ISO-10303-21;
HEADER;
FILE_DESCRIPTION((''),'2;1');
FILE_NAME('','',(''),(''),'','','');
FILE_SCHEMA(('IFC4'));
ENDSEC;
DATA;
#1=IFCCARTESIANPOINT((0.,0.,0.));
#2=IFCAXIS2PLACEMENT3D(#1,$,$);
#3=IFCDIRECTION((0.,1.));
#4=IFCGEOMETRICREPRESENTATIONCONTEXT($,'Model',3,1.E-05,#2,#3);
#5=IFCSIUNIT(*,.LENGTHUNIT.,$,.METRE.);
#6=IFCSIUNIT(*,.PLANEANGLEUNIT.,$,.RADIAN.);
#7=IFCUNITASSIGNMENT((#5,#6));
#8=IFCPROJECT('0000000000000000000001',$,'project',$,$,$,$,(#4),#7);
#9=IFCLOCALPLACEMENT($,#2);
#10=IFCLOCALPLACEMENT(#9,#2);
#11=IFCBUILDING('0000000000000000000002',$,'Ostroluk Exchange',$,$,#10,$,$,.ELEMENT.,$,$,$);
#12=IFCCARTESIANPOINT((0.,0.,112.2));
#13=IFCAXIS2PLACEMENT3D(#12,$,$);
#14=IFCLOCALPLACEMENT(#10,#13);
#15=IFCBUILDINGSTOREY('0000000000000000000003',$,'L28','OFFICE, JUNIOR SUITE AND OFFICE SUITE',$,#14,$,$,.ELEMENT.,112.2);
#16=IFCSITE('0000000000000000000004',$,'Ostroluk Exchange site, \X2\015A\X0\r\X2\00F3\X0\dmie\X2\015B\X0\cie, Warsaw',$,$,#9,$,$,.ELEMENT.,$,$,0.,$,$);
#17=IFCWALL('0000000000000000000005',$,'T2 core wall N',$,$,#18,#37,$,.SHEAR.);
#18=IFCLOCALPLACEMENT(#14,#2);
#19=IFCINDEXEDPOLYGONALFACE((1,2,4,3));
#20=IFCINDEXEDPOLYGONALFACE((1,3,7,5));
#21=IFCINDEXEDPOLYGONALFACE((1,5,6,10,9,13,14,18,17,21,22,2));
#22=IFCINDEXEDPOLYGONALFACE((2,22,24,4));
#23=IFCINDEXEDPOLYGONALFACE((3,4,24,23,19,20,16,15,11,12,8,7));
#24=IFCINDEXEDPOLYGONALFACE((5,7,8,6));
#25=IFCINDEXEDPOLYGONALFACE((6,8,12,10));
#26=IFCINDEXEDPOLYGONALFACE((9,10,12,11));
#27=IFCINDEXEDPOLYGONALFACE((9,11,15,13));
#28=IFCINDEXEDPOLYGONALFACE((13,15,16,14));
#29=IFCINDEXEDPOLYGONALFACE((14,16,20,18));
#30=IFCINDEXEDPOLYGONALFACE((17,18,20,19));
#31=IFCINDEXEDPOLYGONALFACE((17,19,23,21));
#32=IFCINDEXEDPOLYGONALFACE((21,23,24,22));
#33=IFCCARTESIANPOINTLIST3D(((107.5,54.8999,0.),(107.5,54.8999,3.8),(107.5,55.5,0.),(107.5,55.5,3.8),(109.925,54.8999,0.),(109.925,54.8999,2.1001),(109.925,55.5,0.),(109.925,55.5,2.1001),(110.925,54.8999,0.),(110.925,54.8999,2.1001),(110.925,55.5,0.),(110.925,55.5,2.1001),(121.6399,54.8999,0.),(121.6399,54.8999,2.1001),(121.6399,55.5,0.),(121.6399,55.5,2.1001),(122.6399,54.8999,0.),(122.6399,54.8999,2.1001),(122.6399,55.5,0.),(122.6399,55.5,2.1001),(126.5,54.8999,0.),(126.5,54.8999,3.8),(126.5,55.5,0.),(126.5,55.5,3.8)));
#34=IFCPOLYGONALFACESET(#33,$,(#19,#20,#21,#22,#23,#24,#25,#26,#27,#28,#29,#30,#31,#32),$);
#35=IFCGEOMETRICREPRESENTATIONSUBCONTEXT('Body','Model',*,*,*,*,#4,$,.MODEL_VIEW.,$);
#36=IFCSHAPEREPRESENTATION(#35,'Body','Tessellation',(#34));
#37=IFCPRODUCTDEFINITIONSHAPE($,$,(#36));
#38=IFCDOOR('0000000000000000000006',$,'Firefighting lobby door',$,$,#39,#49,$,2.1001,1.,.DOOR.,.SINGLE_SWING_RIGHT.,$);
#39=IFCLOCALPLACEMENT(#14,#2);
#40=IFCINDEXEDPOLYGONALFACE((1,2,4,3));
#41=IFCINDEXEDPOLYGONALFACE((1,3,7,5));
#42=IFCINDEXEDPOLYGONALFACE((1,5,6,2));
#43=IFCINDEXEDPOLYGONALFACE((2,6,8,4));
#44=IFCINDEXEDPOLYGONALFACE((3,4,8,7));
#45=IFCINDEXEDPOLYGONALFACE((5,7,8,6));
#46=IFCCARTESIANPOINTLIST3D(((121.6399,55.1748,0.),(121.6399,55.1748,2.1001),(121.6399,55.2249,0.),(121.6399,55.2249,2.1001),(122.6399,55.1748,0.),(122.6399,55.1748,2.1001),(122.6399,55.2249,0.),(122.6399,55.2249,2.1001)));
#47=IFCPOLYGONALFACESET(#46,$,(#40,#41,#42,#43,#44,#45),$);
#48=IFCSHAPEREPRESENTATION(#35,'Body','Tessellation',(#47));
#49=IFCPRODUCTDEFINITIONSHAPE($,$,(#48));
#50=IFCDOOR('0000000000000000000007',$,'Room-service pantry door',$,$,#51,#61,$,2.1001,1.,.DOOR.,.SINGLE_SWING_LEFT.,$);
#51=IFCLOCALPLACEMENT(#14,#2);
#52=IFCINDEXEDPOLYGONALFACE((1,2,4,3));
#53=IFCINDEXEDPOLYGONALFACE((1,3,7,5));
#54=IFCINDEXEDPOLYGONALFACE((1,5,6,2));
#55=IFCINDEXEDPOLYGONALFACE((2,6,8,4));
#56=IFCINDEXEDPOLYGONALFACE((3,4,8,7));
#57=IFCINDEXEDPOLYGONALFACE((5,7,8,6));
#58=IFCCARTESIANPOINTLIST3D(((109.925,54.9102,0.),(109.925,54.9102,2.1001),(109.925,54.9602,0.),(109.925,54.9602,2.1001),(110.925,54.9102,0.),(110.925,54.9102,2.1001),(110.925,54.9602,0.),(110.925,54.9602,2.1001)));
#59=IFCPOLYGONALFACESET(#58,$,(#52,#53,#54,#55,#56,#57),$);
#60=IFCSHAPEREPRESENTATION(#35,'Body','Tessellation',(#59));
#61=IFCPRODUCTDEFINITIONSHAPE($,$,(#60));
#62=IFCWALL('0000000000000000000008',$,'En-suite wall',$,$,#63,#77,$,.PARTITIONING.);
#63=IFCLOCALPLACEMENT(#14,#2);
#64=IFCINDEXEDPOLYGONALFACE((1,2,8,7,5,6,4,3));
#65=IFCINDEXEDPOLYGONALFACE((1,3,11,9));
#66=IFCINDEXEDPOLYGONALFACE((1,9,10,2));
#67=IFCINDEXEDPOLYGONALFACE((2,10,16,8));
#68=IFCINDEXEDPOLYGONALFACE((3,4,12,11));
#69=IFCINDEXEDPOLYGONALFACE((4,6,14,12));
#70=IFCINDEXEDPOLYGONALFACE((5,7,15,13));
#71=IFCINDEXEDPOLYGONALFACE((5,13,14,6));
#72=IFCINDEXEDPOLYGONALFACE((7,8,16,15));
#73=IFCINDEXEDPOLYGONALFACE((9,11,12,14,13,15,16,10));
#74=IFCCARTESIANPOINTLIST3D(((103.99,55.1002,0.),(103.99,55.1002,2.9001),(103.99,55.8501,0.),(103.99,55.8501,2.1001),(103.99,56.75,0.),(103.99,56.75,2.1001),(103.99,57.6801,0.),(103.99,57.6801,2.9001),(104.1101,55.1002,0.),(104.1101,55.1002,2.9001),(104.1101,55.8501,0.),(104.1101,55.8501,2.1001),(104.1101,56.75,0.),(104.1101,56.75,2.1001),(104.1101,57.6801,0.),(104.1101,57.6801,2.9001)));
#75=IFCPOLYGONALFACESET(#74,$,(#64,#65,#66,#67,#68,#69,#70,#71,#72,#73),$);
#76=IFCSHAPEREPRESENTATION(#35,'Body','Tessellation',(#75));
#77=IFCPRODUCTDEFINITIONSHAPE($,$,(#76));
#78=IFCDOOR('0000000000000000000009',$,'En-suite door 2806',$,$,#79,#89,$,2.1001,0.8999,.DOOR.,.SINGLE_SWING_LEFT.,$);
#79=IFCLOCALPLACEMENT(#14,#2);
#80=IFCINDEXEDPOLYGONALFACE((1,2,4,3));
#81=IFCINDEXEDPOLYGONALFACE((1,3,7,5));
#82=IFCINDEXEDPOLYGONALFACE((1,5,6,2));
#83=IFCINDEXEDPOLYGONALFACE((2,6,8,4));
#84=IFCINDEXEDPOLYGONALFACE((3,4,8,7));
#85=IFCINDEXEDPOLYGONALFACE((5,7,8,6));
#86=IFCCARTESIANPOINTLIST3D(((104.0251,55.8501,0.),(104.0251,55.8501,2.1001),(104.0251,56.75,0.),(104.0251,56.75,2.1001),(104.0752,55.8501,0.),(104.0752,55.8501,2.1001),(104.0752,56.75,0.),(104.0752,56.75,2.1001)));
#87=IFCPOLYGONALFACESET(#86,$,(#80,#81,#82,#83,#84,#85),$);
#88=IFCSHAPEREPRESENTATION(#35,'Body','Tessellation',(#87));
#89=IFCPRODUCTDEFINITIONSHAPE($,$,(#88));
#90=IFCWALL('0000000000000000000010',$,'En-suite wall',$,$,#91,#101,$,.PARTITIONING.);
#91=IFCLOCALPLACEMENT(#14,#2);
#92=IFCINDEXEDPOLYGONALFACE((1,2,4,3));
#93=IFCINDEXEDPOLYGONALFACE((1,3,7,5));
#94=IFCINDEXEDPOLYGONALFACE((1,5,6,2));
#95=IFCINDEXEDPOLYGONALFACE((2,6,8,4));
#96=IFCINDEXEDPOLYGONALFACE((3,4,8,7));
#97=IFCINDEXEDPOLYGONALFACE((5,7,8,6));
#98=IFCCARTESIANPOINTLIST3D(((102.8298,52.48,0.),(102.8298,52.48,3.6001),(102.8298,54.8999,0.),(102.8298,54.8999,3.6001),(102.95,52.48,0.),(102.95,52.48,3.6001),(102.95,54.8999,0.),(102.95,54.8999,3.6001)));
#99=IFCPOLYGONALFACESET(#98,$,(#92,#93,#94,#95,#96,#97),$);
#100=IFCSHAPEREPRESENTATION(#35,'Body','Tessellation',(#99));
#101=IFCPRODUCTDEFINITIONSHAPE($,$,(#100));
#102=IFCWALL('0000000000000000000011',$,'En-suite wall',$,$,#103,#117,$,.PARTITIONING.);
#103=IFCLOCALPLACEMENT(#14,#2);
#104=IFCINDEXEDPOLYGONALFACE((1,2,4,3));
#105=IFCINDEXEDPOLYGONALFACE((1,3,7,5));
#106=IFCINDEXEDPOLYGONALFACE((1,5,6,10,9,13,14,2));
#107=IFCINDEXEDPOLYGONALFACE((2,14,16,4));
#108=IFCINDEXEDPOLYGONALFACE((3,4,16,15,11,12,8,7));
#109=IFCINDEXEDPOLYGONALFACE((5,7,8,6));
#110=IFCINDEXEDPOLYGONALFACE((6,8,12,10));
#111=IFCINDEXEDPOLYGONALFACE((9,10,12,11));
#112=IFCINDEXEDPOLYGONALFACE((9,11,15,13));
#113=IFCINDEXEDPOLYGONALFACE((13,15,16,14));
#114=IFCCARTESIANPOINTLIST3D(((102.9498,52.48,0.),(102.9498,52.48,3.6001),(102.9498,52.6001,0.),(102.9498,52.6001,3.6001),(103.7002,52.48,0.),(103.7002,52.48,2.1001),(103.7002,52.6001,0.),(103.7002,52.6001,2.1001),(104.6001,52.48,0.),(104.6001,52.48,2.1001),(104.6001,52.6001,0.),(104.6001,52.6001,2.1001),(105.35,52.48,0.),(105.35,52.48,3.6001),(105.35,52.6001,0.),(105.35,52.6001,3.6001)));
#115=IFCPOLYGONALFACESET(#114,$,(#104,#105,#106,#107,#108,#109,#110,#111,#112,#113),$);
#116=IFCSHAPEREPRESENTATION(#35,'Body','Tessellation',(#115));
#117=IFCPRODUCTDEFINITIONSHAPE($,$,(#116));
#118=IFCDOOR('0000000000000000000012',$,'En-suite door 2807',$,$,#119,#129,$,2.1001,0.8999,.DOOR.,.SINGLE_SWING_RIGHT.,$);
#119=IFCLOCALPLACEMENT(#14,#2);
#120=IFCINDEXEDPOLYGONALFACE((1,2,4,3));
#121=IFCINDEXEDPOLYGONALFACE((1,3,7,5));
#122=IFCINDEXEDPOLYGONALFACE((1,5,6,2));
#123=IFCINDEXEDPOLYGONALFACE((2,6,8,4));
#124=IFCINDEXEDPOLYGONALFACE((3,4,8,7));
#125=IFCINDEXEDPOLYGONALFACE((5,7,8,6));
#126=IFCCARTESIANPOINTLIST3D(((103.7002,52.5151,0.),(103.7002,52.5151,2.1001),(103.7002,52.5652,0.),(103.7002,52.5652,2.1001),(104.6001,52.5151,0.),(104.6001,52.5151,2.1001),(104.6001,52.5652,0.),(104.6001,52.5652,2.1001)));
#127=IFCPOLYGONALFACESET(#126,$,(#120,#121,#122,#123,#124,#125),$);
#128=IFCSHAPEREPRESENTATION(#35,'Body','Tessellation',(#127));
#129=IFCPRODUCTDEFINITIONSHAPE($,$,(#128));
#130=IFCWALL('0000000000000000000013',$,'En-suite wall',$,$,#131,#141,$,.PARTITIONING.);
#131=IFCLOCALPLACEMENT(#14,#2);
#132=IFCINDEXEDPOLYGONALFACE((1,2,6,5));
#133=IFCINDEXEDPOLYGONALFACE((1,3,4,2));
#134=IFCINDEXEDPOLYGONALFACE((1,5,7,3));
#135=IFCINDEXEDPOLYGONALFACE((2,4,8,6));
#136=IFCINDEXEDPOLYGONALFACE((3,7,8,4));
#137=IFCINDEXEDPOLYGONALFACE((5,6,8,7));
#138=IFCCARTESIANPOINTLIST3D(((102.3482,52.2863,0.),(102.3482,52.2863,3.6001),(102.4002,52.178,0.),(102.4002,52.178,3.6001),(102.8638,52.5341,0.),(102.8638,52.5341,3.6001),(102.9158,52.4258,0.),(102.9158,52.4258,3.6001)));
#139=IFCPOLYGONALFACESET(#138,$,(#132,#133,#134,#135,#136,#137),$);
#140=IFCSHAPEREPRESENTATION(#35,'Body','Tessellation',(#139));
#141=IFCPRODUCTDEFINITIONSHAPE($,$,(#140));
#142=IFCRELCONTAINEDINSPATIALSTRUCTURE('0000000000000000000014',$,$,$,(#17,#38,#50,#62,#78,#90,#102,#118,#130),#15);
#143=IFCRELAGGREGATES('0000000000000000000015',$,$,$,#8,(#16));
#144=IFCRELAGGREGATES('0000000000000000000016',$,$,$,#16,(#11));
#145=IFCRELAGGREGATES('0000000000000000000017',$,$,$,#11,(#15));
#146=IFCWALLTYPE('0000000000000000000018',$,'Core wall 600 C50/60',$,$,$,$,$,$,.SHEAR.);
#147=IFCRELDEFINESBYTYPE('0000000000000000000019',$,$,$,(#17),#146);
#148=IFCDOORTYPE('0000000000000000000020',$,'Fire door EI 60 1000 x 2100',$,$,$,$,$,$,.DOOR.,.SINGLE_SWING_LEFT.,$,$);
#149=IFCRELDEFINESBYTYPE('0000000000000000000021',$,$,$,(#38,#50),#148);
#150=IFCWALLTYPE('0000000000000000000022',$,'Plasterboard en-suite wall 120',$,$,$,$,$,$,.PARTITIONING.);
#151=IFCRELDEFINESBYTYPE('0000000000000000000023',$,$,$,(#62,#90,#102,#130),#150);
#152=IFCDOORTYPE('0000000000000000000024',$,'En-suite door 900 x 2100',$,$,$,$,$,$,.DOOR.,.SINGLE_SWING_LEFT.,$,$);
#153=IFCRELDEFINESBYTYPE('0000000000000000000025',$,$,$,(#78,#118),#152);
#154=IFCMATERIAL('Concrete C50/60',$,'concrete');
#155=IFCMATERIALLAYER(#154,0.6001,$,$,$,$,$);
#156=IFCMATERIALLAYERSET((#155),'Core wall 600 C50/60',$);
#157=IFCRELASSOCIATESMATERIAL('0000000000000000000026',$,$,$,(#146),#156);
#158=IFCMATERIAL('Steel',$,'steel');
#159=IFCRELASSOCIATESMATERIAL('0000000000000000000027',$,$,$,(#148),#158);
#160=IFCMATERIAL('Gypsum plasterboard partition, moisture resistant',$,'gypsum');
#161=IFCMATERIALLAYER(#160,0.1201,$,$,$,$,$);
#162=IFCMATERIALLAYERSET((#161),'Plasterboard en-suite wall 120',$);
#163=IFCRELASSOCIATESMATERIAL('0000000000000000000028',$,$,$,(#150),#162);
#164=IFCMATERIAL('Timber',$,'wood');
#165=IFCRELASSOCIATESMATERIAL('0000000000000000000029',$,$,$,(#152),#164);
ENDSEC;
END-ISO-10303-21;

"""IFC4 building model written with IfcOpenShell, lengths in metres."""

from ifc_helpers import new_model, si_unit, direction, frame, frame_2d, origin, place, context, subcontext, project, spatial, rectangle, extrude, material, layer, layer_set, type_object, element, fill, save


model = new_model("IFC4")

# Units and contexts
model_context = context("Model", 3, precision=1e-05, world=origin(), true_north=direction((0.0, 1.0)))
body_context = subcontext(model_context, "Body", "Model", "MODEL_VIEW")
ifc_project = project(units=[si_unit("LENGTHUNIT", "METRE"), si_unit("PLANEANGLEUNIT", "RADIAN")], contexts=[model_context])

# Site, building, storey
site_placement = place(None, origin())
site = spatial("IfcSite", under=ifc_project, at=site_placement, Name="Ostroluk Exchange site, Śródmieście, Warsaw", CompositionType="ELEMENT", RefElevation=0.0)
building_placement = place(site_placement, origin())
building = spatial("IfcBuilding", under=site, at=building_placement, Name="Ostroluk Exchange", CompositionType="ELEMENT")
storey_placement = place(building_placement, frame((0.0, 0.0, 112.2)))
storey = spatial("IfcBuildingStorey", under=building, at=storey_placement, Name="L28", Description="OFFICE, JUNIOR SUITE AND OFFICE SUITE", CompositionType="ELEMENT", Elevation=112.2)

# Wall, openings, doors
ifc_material_1 = material(Name="Concrete C50/60", Category="concrete")
ifc_layer_1 = layer(ifc_material_1, 0.6001)
ifc_layer_set_1 = layer_set([ifc_layer_1], Name="Core wall 600 C50/60")
wall_type_1 = type_object("IfcWallType", Name="Core wall 600 C50/60", PredefinedType="SHEAR", material=ifc_layer_set_1)
wall_1_placement = place(storey_placement, frame((107.5, 55.2, 0.0), z_axis=(0.0, 0.0, 1.0), x_axis=(1.0, 0.0, 0.0)))
wall_1 = element("IfcWall", 1, at=wall_1_placement, inside=storey, type_object=wall_type_1, Name="T2 core wall N", PredefinedType="SHEAR", context=body_context, shape_type="SweptSolid", body=[
    extrude(rectangle(XDim=19.0, YDim=0.6001, at=frame_2d((9.5, 0.0))), origin(), (0.0, 0.0, 1.0), 3.8),
])
opening_1_placement = place(wall_1_placement, frame((14.1399, 0.0, 0.0)))
opening_1 = element("IfcOpeningElement", 2, at=opening_1_placement, cuts=wall_1, PredefinedType="OPENING", context=body_context, shape_type="SweptSolid", body=[
    extrude(rectangle(XDim=1.0, YDim=2.1001, at=frame_2d((0.5, 1.05))), frame((0.0, 0.3101, 0.0), z_axis=(0.0, -1.0, 0.0), x_axis=(1.0, 0.0, 0.0)), (0.0, 0.0, 1.0), 0.6201),
])
opening_2_placement = place(wall_1_placement, frame((2.425, 0.0, 0.0)))
opening_2 = element("IfcOpeningElement", 3, at=opening_2_placement, cuts=wall_1, PredefinedType="OPENING", context=body_context, shape_type="SweptSolid", body=[
    extrude(rectangle(XDim=1.0, YDim=2.1001, at=frame_2d((0.5, 1.05))), frame((0.0, 0.3101, 0.0), z_axis=(0.0, -1.0, 0.0), x_axis=(1.0, 0.0, 0.0)), (0.0, 0.0, 1.0), 0.6201),
])
ifc_material_2 = material(Name="Steel", Category="steel")
door_type_1 = type_object("IfcDoorType", Name="Fire door EI 60 1000 x 2100", OperationType="SINGLE_SWING_LEFT", PredefinedType="DOOR", material=ifc_material_2)
door_1_placement = place(opening_1_placement, origin())
door_1 = element("IfcDoor", 4, at=door_1_placement, inside=storey, type_object=door_type_1, Name="Firefighting lobby door", OperationType="SINGLE_SWING_RIGHT", OverallHeight=2.1001, OverallWidth=1.0, PredefinedType="DOOR", context=body_context, shape_type="SweptSolid", body=[
    extrude(rectangle(XDim=1.0, YDim=2.1001, at=frame_2d((0.5, 1.05))), frame((0.0, 0.0249, 0.0), z_axis=(0.0, -1.0, 0.0), x_axis=(1.0, 0.0, 0.0)), (0.0, 0.0, 1.0), 0.05),
])
fill(opening_1, door_1)
door_2_placement = place(opening_2_placement, origin())
door_2 = element("IfcDoor", 5, at=door_2_placement, inside=storey, type_object=door_type_1, Name="Room-service pantry door", OperationType="SINGLE_SWING_LEFT", OverallHeight=2.1001, OverallWidth=1.0, PredefinedType="DOOR", context=body_context, shape_type="SweptSolid", body=[
    extrude(rectangle(XDim=1.0, YDim=2.1001, at=frame_2d((0.5, 1.05))), frame((0.0, -0.2397, 0.0), z_axis=(0.0, -1.0, 0.0), x_axis=(1.0, 0.0, 0.0)), (0.0, 0.0, 1.0), 0.05),
])
fill(opening_2, door_2)

# Wall, opening, door
ifc_material_3 = material(Name="Gypsum plasterboard partition, moisture resistant", Category="gypsum")
ifc_layer_2 = layer(ifc_material_3, 0.1201)
ifc_layer_set_2 = layer_set([ifc_layer_2], Name="Plasterboard en-suite wall 120")
wall_type_2 = type_object("IfcWallType", Name="Plasterboard en-suite wall 120", PredefinedType="PARTITIONING", material=ifc_layer_set_2)
wall_2_placement = place(storey_placement, frame((104.05, 55.1001, 0.0), z_axis=(0.0, 0.0, 1.0), x_axis=(0.0, 1.0, 0.0)))
wall_2 = element("IfcWall", 6, at=wall_2_placement, inside=storey, type_object=wall_type_2, Name="En-suite wall", PredefinedType="PARTITIONING", context=body_context, shape_type="SweptSolid", body=[
    extrude(rectangle(XDim=2.5798, YDim=0.1201, at=frame_2d((1.29, 0.0))), origin(), (0.0, 0.0, 1.0), 2.9001),
])
opening_3_placement = place(wall_2_placement, frame((0.75, 0.0, 0.0)))
opening_3 = element("IfcOpeningElement", 7, at=opening_3_placement, cuts=wall_2, PredefinedType="OPENING", context=body_context, shape_type="SweptSolid", body=[
    extrude(rectangle(XDim=0.8999, YDim=2.1001, at=frame_2d((0.45, 1.05))), frame((0.0, 0.0701, 0.0), z_axis=(0.0, -1.0, 0.0), x_axis=(1.0, 0.0, 0.0)), (0.0, 0.0, 1.0), 0.1401),
])
ifc_material_4 = material(Name="Timber", Category="wood")
door_type_2 = type_object("IfcDoorType", Name="En-suite door 900 x 2100", OperationType="SINGLE_SWING_LEFT", PredefinedType="DOOR", material=ifc_material_4)
door_3_placement = place(opening_3_placement, origin())
door_3 = element("IfcDoor", 8, at=door_3_placement, inside=storey, type_object=door_type_2, Name="En-suite door 2806", OperationType="SINGLE_SWING_LEFT", OverallHeight=2.1001, OverallWidth=0.8999, PredefinedType="DOOR", context=body_context, shape_type="SweptSolid", body=[
    extrude(rectangle(XDim=0.8999, YDim=2.1001, at=frame_2d((0.45, 1.05))), frame((0.0, 0.0249, 0.0), z_axis=(0.0, -1.0, 0.0), x_axis=(1.0, 0.0, 0.0)), (0.0, 0.0, 1.0), 0.05),
])
fill(opening_3, door_3)

# Wall
wall_3_placement = place(storey_placement, frame((102.8899, 54.8999, 0.0), z_axis=(0.0, 0.0, 1.0), x_axis=(0.0, -1.0, 0.0)))
element("IfcWall", 9, at=wall_3_placement, inside=storey, type_object=wall_type_2, Name="En-suite wall", PredefinedType="PARTITIONING", context=body_context, shape_type="SweptSolid", body=[
    extrude(rectangle(XDim=2.4199, YDim=0.1201, at=frame_2d((1.21, 0.0))), origin(), (0.0, 0.0, 1.0), 3.6001),
])

# Wall, opening, door
wall_4_placement = place(storey_placement, frame((105.3501, 52.54, 0.0), z_axis=(0.0, 0.0, 1.0), x_axis=(-1.0, 0.0, 0.0)))
wall_4 = element("IfcWall", 10, at=wall_4_placement, inside=storey, type_object=wall_type_2, Name="En-suite wall", PredefinedType="PARTITIONING", context=body_context, shape_type="SweptSolid", body=[
    extrude(rectangle(XDim=2.4001, YDim=0.1201, at=frame_2d((1.2002, 0.0))), origin(), (0.0, 0.0, 1.0), 3.6001),
])
opening_4_placement = place(wall_4_placement, frame((0.75, 0.0, 0.0)))
opening_4 = element("IfcOpeningElement", 11, at=opening_4_placement, cuts=wall_4, PredefinedType="OPENING", context=body_context, shape_type="SweptSolid", body=[
    extrude(rectangle(XDim=0.8999, YDim=2.1001, at=frame_2d((0.45, 1.05))), frame((0.0, 0.0701, 0.0), z_axis=(0.0, -1.0, 0.0), x_axis=(1.0, 0.0, 0.0)), (0.0, 0.0, 1.0), 0.1401),
])
door_4_placement = place(opening_4_placement, origin())
door_4 = element("IfcDoor", 12, at=door_4_placement, inside=storey, type_object=door_type_2, Name="En-suite door 2807", OperationType="SINGLE_SWING_RIGHT", OverallHeight=2.1001, OverallWidth=0.8999, PredefinedType="DOOR", context=body_context, shape_type="SweptSolid", body=[
    extrude(rectangle(XDim=0.8999, YDim=2.1001, at=frame_2d((0.45, 1.05))), frame((0.0, 0.0249, 0.0), z_axis=(0.0, -1.0, 0.0), x_axis=(1.0, 0.0, 0.0)), (0.0, 0.0, 1.0), 0.05),
])
fill(opening_4, door_4)

# Wall
wall_5_placement = place(storey_placement, frame((102.8899, 52.48, 0.0), z_axis=(0.0, 0.0, 1.0), x_axis=(-0.901317, -0.433161, 0.0)))
element("IfcWall", 13, at=wall_5_placement, inside=storey, type_object=wall_type_2, Name="En-suite wall", PredefinedType="PARTITIONING", context=body_context, shape_type="SweptSolid", body=[
    extrude(rectangle(XDim=0.572, YDim=0.1201, at=frame_2d((0.2861, 0.0))), origin(), (0.0, 0.0, 1.0), 3.6001),
])

save(model, "model.ifc")
